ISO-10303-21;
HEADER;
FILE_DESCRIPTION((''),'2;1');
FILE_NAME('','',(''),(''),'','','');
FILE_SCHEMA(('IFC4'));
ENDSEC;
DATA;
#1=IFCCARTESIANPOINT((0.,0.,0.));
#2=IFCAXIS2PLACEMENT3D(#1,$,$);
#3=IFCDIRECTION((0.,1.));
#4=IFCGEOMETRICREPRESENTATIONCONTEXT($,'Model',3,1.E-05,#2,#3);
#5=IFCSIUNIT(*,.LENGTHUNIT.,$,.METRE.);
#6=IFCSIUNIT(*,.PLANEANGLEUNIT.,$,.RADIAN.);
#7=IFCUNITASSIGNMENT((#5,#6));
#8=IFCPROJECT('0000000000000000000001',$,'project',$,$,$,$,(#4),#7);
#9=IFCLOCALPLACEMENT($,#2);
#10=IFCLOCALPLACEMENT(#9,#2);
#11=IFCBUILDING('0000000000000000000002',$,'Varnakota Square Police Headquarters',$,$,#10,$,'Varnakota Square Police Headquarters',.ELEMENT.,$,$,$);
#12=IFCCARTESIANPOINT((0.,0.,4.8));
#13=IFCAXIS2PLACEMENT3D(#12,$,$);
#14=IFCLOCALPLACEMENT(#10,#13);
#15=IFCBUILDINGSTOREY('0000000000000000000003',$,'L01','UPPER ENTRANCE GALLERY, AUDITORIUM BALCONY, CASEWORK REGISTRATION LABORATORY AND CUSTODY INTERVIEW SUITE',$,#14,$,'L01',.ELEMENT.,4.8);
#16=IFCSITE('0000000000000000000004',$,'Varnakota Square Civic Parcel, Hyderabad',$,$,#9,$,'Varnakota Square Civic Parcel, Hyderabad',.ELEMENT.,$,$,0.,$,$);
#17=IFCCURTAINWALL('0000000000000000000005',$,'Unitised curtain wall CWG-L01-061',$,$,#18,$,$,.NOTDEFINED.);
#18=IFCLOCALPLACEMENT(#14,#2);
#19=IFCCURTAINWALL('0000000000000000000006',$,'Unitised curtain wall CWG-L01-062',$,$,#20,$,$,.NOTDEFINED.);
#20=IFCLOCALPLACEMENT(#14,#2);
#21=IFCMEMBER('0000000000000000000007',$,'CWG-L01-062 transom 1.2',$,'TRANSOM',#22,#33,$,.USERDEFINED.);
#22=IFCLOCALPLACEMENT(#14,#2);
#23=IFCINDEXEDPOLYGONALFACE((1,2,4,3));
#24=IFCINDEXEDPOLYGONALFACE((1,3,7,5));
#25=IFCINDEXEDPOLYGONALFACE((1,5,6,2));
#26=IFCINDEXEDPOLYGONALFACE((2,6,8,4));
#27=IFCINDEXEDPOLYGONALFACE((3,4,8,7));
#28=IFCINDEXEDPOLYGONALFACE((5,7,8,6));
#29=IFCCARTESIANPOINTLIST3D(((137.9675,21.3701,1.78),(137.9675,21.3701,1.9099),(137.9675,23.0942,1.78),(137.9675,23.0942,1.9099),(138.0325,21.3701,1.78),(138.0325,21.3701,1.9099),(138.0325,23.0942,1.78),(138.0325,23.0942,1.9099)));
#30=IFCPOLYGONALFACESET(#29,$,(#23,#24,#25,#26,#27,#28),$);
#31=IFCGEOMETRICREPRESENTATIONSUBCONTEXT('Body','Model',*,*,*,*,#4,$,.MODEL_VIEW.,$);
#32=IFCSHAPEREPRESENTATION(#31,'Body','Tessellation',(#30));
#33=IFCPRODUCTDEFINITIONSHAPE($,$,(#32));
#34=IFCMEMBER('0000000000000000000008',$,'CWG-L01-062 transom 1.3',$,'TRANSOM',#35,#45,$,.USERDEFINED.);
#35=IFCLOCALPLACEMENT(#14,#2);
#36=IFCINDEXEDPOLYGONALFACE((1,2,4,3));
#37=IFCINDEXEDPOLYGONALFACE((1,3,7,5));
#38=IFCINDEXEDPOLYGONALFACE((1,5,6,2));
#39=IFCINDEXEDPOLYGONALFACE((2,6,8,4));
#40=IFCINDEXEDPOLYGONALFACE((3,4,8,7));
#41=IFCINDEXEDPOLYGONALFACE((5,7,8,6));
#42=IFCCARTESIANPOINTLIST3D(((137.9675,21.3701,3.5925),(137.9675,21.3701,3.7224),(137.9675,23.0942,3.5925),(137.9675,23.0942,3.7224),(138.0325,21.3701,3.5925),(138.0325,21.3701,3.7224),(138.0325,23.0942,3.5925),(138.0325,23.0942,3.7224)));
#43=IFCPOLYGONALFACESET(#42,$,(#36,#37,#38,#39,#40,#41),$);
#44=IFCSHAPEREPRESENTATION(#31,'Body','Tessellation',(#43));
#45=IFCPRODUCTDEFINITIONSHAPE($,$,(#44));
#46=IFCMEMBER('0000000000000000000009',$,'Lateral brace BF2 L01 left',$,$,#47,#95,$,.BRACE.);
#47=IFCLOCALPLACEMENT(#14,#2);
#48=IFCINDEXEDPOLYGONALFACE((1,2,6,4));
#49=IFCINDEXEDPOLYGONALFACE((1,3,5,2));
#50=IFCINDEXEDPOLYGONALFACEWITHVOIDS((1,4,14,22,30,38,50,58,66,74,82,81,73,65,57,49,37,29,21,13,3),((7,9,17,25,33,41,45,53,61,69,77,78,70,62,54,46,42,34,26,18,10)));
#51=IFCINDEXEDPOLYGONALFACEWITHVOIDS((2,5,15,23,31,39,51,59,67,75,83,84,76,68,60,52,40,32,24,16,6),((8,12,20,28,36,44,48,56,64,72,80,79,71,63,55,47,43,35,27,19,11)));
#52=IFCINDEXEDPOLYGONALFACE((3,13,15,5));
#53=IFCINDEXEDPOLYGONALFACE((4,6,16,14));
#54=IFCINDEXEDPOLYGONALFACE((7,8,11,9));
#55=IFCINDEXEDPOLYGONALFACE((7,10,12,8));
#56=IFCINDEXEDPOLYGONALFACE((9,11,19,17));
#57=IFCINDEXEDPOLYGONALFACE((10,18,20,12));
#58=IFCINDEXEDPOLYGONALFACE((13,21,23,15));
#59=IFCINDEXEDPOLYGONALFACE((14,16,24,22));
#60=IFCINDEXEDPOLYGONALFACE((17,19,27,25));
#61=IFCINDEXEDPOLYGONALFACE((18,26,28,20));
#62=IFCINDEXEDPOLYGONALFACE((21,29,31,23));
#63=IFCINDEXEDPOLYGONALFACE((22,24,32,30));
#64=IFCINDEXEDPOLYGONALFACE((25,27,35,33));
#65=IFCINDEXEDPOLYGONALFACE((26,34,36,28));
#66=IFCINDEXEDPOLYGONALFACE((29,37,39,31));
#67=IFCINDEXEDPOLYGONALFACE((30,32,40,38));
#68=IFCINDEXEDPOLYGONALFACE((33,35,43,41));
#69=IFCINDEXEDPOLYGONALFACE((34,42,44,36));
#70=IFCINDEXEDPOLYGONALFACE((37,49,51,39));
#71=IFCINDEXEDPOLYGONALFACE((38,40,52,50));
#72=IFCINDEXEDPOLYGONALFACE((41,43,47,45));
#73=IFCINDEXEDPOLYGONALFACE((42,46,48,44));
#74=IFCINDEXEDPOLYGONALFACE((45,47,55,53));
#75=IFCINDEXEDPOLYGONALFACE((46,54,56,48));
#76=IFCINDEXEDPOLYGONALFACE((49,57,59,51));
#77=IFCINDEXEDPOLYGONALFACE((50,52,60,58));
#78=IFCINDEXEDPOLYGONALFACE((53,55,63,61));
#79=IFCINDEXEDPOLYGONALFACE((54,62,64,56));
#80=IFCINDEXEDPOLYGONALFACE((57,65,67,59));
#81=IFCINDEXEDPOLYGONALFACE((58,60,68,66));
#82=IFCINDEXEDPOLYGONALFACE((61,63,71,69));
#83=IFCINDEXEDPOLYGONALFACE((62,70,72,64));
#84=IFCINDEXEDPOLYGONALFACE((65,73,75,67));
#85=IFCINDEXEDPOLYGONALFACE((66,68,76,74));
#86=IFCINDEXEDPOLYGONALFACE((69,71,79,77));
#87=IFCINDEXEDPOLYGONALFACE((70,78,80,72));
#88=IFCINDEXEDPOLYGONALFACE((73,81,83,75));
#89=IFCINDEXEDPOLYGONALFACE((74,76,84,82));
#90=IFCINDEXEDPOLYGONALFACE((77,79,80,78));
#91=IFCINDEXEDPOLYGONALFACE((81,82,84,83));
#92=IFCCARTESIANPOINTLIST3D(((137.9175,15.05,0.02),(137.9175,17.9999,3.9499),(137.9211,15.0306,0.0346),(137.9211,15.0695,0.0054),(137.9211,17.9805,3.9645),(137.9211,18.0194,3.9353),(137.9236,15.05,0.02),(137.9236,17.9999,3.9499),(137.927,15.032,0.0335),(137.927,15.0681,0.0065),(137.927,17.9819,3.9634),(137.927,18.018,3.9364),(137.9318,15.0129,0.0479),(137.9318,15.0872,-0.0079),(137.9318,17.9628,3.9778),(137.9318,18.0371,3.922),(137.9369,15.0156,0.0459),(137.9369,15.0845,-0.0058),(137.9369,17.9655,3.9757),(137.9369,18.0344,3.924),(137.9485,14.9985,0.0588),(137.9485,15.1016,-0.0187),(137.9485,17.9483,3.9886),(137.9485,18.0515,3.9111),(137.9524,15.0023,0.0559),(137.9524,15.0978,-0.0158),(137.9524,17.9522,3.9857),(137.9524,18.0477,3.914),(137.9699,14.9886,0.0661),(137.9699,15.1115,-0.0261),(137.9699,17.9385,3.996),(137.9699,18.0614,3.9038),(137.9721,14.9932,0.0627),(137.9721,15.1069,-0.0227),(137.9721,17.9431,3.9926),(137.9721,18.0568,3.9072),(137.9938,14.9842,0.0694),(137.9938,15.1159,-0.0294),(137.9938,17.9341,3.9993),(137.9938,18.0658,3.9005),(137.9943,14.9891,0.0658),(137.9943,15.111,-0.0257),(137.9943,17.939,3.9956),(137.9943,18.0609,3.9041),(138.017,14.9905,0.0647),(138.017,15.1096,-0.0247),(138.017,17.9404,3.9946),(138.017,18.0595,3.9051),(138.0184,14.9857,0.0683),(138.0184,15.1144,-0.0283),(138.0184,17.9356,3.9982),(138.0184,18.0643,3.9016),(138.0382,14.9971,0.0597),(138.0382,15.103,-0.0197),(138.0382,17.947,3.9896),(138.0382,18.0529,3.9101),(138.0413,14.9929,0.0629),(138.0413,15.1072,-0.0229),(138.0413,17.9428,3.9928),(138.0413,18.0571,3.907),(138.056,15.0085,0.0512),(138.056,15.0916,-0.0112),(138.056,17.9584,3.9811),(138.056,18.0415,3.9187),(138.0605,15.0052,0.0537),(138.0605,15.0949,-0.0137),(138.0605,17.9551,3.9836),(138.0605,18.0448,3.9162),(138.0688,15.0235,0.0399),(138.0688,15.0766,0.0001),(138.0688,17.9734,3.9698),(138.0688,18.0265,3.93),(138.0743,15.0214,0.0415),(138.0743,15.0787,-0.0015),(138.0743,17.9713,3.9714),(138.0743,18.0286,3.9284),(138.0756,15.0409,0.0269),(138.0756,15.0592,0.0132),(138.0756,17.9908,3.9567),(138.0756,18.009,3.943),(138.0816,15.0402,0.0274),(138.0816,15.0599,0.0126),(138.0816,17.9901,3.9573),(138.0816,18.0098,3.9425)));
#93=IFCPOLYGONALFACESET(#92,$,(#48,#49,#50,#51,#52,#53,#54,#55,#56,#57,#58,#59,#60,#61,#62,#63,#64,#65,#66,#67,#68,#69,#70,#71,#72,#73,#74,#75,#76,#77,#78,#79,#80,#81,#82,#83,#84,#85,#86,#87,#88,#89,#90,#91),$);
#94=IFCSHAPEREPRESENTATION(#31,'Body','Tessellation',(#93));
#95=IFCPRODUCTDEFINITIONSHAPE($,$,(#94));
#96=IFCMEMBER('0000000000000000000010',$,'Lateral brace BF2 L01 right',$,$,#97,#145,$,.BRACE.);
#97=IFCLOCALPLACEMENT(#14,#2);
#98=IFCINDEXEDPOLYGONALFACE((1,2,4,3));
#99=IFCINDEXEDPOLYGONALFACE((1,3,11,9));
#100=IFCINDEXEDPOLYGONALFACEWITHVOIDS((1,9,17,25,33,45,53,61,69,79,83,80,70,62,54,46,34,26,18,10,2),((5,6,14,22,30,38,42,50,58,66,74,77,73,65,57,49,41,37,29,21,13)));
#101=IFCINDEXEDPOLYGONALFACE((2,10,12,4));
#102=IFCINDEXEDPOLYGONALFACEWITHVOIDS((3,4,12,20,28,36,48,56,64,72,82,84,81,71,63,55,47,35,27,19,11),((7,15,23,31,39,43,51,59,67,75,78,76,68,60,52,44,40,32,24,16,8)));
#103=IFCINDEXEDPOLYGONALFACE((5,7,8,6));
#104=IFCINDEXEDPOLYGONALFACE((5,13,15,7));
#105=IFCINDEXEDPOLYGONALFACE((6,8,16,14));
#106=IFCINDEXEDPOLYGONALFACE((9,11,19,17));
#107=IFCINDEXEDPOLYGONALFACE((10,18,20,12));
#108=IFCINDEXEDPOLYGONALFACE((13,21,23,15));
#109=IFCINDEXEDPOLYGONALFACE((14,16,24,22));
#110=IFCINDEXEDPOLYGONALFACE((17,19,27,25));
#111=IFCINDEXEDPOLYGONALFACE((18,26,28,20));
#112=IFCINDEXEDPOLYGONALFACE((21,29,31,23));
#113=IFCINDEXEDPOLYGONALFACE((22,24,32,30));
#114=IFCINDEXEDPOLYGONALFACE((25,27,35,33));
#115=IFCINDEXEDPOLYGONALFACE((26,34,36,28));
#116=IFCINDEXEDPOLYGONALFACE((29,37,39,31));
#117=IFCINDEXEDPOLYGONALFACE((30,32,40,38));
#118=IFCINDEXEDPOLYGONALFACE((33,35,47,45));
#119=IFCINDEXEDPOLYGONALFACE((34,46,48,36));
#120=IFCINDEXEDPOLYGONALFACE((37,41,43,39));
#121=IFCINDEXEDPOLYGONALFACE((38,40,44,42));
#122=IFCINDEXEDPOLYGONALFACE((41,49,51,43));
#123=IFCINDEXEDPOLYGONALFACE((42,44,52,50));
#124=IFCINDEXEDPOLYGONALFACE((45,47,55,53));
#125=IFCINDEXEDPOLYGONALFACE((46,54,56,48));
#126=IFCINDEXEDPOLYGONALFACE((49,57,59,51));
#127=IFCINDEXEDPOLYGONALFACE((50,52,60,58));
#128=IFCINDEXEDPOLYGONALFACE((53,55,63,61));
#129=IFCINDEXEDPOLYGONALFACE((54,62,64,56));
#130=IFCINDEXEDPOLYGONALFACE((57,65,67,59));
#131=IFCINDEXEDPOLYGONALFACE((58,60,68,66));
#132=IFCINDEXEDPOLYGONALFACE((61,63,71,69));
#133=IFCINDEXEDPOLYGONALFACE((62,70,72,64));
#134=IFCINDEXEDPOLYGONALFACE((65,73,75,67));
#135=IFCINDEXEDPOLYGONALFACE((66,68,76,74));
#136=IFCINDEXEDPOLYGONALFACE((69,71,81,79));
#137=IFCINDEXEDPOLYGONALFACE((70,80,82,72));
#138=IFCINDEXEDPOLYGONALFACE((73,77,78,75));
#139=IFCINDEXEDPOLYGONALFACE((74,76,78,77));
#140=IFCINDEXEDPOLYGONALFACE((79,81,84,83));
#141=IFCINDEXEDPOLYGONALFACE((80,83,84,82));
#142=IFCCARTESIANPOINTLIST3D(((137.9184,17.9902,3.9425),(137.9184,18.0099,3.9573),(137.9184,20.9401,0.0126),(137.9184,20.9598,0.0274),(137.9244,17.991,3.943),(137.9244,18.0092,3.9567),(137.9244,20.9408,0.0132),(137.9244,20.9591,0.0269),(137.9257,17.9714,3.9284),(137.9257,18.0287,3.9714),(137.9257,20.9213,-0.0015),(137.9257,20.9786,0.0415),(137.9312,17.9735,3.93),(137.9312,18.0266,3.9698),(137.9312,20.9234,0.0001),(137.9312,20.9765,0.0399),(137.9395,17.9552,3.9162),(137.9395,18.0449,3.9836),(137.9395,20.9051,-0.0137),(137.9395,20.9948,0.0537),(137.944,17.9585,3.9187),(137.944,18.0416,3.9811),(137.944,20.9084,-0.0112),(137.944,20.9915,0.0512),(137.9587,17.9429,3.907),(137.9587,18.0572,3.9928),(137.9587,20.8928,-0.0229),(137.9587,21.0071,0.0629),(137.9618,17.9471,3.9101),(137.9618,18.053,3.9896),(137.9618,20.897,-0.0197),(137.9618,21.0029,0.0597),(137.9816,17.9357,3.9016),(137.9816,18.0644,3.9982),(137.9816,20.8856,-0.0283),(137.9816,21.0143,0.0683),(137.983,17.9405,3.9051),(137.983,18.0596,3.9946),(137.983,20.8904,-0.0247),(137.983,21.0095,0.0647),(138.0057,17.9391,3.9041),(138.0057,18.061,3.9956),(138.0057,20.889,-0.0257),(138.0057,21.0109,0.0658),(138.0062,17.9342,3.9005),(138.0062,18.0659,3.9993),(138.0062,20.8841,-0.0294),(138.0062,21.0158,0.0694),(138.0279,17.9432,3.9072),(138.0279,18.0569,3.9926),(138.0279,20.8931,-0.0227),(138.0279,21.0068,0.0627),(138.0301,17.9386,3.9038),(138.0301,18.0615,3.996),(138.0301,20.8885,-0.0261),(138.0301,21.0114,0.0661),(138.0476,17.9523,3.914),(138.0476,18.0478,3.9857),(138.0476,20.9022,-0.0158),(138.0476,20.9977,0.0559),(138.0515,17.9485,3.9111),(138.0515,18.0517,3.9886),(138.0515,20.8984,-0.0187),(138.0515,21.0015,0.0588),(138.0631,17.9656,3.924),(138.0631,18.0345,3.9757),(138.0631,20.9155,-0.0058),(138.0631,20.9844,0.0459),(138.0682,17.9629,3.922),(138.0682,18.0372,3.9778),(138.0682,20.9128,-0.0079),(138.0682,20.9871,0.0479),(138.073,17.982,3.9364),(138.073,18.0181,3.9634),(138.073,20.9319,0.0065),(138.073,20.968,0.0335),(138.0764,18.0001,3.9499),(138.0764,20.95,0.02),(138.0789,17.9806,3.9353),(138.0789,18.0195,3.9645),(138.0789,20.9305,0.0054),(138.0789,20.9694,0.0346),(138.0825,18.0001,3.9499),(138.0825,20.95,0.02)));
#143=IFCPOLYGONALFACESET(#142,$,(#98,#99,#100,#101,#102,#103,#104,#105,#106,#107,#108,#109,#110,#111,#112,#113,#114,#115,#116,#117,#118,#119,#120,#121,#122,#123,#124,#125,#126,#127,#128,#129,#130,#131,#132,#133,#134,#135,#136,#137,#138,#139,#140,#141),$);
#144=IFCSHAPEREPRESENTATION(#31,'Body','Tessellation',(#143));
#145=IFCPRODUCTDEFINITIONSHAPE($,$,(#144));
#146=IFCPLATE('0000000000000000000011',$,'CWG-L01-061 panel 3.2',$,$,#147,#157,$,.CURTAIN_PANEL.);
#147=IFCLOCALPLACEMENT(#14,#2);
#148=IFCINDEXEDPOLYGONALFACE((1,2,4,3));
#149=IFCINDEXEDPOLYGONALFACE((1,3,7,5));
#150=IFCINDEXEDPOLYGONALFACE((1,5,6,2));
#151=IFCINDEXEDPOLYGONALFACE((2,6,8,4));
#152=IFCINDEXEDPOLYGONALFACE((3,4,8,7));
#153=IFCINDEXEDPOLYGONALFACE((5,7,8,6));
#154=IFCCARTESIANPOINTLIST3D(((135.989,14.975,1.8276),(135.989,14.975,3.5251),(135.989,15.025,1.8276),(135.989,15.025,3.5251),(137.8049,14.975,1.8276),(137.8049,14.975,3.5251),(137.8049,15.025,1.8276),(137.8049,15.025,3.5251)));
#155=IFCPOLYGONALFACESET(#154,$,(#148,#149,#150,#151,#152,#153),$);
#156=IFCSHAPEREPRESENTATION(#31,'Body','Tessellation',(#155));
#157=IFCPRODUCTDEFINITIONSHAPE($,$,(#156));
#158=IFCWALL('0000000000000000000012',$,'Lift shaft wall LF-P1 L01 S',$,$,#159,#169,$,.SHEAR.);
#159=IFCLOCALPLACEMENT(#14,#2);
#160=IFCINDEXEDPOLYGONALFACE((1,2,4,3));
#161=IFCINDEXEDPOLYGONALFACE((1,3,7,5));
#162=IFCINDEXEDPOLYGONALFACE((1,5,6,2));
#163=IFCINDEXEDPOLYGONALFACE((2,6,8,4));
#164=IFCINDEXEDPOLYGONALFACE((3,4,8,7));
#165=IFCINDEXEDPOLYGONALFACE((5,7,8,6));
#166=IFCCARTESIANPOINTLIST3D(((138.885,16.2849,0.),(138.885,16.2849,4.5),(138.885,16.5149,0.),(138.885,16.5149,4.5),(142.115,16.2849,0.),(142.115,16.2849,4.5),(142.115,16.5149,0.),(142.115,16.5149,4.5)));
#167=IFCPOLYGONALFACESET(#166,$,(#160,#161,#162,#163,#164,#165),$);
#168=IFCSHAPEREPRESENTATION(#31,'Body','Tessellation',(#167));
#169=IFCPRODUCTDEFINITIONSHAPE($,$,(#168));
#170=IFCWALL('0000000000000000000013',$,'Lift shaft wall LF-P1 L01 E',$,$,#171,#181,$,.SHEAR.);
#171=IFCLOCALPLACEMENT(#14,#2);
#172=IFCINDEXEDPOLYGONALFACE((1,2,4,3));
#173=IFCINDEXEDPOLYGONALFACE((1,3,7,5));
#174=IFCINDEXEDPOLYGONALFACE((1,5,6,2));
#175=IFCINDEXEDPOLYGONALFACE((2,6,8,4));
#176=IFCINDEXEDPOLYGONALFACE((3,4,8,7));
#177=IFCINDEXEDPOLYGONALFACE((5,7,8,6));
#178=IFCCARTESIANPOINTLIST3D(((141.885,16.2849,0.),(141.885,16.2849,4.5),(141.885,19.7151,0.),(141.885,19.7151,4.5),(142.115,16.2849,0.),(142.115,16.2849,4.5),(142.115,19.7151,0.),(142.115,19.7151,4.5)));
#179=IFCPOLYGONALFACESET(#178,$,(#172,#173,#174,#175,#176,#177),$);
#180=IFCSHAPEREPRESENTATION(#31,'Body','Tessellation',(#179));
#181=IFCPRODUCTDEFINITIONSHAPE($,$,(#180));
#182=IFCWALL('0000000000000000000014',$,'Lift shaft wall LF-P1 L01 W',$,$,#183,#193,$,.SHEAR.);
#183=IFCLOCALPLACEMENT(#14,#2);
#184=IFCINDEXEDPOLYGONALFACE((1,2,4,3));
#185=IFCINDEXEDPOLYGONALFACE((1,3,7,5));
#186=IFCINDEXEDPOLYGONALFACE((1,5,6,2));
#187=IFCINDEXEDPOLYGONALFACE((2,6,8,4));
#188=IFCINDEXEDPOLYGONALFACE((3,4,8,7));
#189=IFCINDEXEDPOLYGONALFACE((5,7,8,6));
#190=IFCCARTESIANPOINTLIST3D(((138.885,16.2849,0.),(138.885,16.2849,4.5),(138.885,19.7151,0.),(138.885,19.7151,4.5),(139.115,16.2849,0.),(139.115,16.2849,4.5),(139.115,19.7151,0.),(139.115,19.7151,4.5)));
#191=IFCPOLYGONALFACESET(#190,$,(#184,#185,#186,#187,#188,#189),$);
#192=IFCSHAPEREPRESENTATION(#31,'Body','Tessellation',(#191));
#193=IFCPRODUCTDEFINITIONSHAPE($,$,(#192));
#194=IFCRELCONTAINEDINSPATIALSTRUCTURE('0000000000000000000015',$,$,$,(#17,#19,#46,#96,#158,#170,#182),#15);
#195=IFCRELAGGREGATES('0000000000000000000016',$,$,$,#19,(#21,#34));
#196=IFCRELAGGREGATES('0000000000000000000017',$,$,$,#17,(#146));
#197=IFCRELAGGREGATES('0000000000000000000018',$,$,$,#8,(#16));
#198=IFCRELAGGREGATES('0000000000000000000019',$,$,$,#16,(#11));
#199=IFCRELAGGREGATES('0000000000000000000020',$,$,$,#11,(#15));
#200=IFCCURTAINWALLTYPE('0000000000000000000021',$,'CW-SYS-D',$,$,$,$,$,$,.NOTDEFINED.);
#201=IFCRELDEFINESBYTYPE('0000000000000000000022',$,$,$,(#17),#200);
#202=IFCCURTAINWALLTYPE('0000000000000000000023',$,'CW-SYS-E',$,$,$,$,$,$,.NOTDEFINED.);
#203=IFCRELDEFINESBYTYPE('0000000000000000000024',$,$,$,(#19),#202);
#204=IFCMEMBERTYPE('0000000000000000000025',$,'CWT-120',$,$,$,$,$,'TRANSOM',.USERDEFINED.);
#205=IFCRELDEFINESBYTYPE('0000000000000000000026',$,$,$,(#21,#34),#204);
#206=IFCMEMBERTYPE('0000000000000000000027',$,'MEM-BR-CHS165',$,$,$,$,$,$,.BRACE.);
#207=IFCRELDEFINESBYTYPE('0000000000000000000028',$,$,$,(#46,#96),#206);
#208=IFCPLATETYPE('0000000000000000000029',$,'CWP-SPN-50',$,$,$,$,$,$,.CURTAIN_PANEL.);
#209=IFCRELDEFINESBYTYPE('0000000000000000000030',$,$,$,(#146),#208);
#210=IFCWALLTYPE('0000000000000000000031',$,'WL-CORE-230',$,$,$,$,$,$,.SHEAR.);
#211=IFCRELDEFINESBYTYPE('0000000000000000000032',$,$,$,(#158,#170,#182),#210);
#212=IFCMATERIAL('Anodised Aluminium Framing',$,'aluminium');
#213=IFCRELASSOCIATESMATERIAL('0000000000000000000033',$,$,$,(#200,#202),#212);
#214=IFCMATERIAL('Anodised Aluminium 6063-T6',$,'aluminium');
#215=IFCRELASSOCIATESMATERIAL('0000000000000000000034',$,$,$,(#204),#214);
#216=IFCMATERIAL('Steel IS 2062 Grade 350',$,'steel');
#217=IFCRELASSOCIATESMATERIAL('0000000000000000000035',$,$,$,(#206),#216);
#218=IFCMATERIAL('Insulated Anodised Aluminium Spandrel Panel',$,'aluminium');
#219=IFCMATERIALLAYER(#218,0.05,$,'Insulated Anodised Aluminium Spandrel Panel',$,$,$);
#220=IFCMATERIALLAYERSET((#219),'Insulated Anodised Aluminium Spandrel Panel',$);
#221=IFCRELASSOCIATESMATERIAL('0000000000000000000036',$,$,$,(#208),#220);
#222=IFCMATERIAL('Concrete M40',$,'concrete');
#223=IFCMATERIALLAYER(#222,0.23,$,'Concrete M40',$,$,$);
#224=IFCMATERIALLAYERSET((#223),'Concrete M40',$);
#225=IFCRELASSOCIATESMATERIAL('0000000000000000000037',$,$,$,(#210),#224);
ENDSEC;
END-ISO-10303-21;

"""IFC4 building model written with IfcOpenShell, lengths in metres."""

from ifc_helpers import new_model, si_unit, direction, frame, frame_2d, origin, origin_2d, place, context, subcontext, project, spatial, rectangle, hollow_circle, extrude, material, layer, layer_set, material_profile, profile_set, type_object, element, aggregate, save


model = new_model("IFC4")

# Units and contexts
model_context = context("Model", 3, precision=1e-05, world=origin(), true_north=direction((0.0, 1.0)))
body_context = subcontext(model_context, "Body", "Model", "MODEL_VIEW")
ifc_project = project(units=[si_unit("LENGTHUNIT", "METRE"), si_unit("PLANEANGLEUNIT", "RADIAN")], contexts=[model_context])

# Site, building, storey
site_placement = place(None, origin())
site = spatial("IfcSite", under=ifc_project, at=site_placement, Name="Varnakota Square Civic Parcel, Hyderabad", LongName="Varnakota Square Civic Parcel, Hyderabad", CompositionType="ELEMENT", RefElevation=0.0)
building_placement = place(site_placement, origin())
building = spatial("IfcBuilding", under=site, at=building_placement, Name="Varnakota Square Police Headquarters", LongName="Varnakota Square Police Headquarters", CompositionType="ELEMENT")
storey_placement = place(building_placement, frame((0.0, 0.0, 4.8)))
storey = spatial("IfcBuildingStorey", under=building, at=storey_placement, Name="L01", Description="UPPER ENTRANCE GALLERY, AUDITORIUM BALCONY, CASEWORK REGISTRATION LABORATORY AND CUSTODY INTERVIEW SUITE", LongName="L01", CompositionType="ELEMENT", Elevation=4.8)

# Shared definitions
ifc_material_1 = material(Name="Steel IS 2062 Grade 350", Category="steel")

# Curtain wall
ifc_material_2 = material(Name="Anodised Aluminium Framing", Category="aluminium")
curtain_wall_type_1 = type_object("IfcCurtainWallType", Name="CW-SYS-D", PredefinedType="NOTDEFINED", material=ifc_material_2)
curtain_wall_1_placement = place(storey_placement, origin())
curtain_wall_1 = element("IfcCurtainWall", 1, at=curtain_wall_1_placement, inside=storey, type_object=curtain_wall_type_1, Name="Unitised curtain wall CWG-L01-061", PredefinedType="NOTDEFINED")
ifc_material_3 = material(Name="Anodised Aluminium 6063-T6", Category="aluminium")

# Curtain wall, members
curtain_wall_type_2 = type_object("IfcCurtainWallType", Name="CW-SYS-E", PredefinedType="NOTDEFINED", material=ifc_material_2)
curtain_wall_2_placement = place(storey_placement, origin())
curtain_wall_2 = element("IfcCurtainWall", 2, at=curtain_wall_2_placement, inside=storey, type_object=curtain_wall_type_2, Name="Unitised curtain wall CWG-L01-062", PredefinedType="NOTDEFINED")
ifc_material_profile_1 = material_profile(ifc_material_3, rectangle(XDim=0.0649, YDim=0.1299, at=origin_2d()), Name="ALU TRANSOM 65x130")
ifc_profile_set_1 = profile_set([ifc_material_profile_1], Name="Anodised Aluminium 6063-T6")
member_type_1 = type_object("IfcMemberType", Name="CWT-120", ElementType="TRANSOM", PredefinedType="USERDEFINED", material=ifc_profile_set_1)
member_1_placement = place(storey_placement, frame((138.0, 21.3701, 1.845), z_axis=(0.0, 1.0, 0.0), x_axis=(-1.0, 0.0, 0.0)))
member_1 = element("IfcMember", 3, at=member_1_placement, type_object=member_type_1, Name="CWG-L01-062 transom 1.2", ObjectType="TRANSOM", PredefinedType="USERDEFINED", context=body_context, shape_type="SweptSolid", body=[
    extrude(rectangle(XDim=0.0649, YDim=0.1299, at=origin_2d()), origin(), (0.0, 0.0, 1.0), 1.7241),
])
member_2_placement = place(storey_placement, frame((138.0, 21.3701, 3.6575), z_axis=(0.0, 1.0, 0.0), x_axis=(-1.0, 0.0, 0.0)))
member_2 = element("IfcMember", 4, at=member_2_placement, type_object=member_type_1, Name="CWG-L01-062 transom 1.3", ObjectType="TRANSOM", PredefinedType="USERDEFINED", context=body_context, shape_type="SweptSolid", body=[
    extrude(rectangle(XDim=0.0649, YDim=0.1299, at=origin_2d()), origin(), (0.0, 0.0, 1.0), 1.7241),
])
aggregate(curtain_wall_2, [member_1, member_2])

# Members
ifc_material_profile_2 = material_profile(ifc_material_1, hollow_circle(Radius=0.0825, WallThickness=0.0061, at=origin_2d()), Name="CHS 165.1x6.0")
ifc_profile_set_2 = profile_set([ifc_material_profile_2], Name="Steel IS 2062 Grade 350")
member_type_2 = type_object("IfcMemberType", Name="MEM-BR-CHS165", PredefinedType="BRACE", material=ifc_profile_set_2)
for number, where, z_axis, x_axis, name in (
    (5, (138.0, 15.05, 0.02), (0.0, 0.600326, 0.799755), (-1.0, 0.0, 0.0), "Lateral brace BF2 L01 left"),
    (6, (138.0, 20.95, 0.02), (0.0, -0.600326, 0.799755), (1.0, 0.0, 0.0), "Lateral brace BF2 L01 right"),
):
    element("IfcMember", number, at=place(storey_placement, frame(where, z_axis=z_axis, x_axis=x_axis)), inside=storey, type_object=member_type_2, Name=name, PredefinedType="BRACE", context=body_context, shape_type="SweptSolid", body=[
        extrude(hollow_circle(Radius=0.0825, WallThickness=0.0061, at=origin_2d()), origin(), (0.0, 0.0, 1.0), 4.9138),
    ])

# Plate
ifc_material_4 = material(Name="Insulated Anodised Aluminium Spandrel Panel", Category="aluminium")
ifc_layer_1 = layer(ifc_material_4, 0.05, Name="Insulated Anodised Aluminium Spandrel Panel")
ifc_layer_set_1 = layer_set([ifc_layer_1], Name="Insulated Anodised Aluminium Spandrel Panel")
plate_type = type_object("IfcPlateType", Name="CWP-SPN-50", PredefinedType="CURTAIN_PANEL", material=ifc_layer_set_1)
plate_placement = place(storey_placement, frame((136.897, 15.0, 1.8276), z_axis=(0.0, 0.0, 1.0), x_axis=(1.0, 0.0, 0.0)))
plate = element("IfcPlate", 7, at=plate_placement, type_object=plate_type, Name="CWG-L01-061 panel 3.2", PredefinedType="CURTAIN_PANEL", context=body_context, shape_type="SweptSolid", body=[
    extrude(rectangle(XDim=1.8159, YDim=0.05, at=origin_2d()), origin(), (0.0, 0.0, 1.0), 1.6975),
])
aggregate(curtain_wall_1, [plate])

# Walls
ifc_material_5 = material(Name="Concrete M40", Category="concrete")
ifc_layer_2 = layer(ifc_material_5, 0.23, Name="Concrete M40")
ifc_layer_set_2 = layer_set([ifc_layer_2], Name="Concrete M40")
wall_type_1 = type_object("IfcWallType", Name="WL-CORE-230", PredefinedType="SHEAR", material=ifc_layer_set_2)
wall_1_placement = place(storey_placement, frame((138.885, 16.3999, 0.0), z_axis=(0.0, 0.0, 1.0), x_axis=(1.0, 0.0, 0.0)))
element("IfcWall", 8, at=wall_1_placement, inside=storey, type_object=wall_type_1, Name="Lift shaft wall LF-P1 L01 S", PredefinedType="SHEAR", context=body_context, shape_type="SweptSolid", body=[
    extrude(rectangle(XDim=3.23, YDim=0.23, at=frame_2d((1.615, 0.0))), origin(), (0.0, 0.0, 1.0), 4.5),
])
wall_2_placement = place(storey_placement, frame((142.0, 16.2849, 0.0), z_axis=(0.0, 0.0, 1.0), x_axis=(0.0, 1.0, 0.0)))
element("IfcWall", 9, at=wall_2_placement, inside=storey, type_object=wall_type_1, Name="Lift shaft wall LF-P1 L01 E", PredefinedType="SHEAR", context=body_context, shape_type="SweptSolid", body=[
    extrude(rectangle(XDim=3.4302, YDim=0.23, at=frame_2d((1.7151, 0.0))), origin(), (0.0, 0.0, 1.0), 4.5),
])

# Wall
wall_3_placement = place(storey_placement, frame((139.0, 19.7151, 0.0), z_axis=(0.0, 0.0, 1.0), x_axis=(0.0, -1.0, 0.0)))
element("IfcWall", 10, at=wall_3_placement, inside=storey, type_object=wall_type_1, Name="Lift shaft wall LF-P1 L01 W", PredefinedType="SHEAR", context=body_context, shape_type="SweptSolid", body=[
    extrude(rectangle(XDim=3.4302, YDim=0.23, at=frame_2d((1.7151, 0.0))), origin(), (0.0, 0.0, 1.0), 4.5),
])

save(model, "model.ifc")
